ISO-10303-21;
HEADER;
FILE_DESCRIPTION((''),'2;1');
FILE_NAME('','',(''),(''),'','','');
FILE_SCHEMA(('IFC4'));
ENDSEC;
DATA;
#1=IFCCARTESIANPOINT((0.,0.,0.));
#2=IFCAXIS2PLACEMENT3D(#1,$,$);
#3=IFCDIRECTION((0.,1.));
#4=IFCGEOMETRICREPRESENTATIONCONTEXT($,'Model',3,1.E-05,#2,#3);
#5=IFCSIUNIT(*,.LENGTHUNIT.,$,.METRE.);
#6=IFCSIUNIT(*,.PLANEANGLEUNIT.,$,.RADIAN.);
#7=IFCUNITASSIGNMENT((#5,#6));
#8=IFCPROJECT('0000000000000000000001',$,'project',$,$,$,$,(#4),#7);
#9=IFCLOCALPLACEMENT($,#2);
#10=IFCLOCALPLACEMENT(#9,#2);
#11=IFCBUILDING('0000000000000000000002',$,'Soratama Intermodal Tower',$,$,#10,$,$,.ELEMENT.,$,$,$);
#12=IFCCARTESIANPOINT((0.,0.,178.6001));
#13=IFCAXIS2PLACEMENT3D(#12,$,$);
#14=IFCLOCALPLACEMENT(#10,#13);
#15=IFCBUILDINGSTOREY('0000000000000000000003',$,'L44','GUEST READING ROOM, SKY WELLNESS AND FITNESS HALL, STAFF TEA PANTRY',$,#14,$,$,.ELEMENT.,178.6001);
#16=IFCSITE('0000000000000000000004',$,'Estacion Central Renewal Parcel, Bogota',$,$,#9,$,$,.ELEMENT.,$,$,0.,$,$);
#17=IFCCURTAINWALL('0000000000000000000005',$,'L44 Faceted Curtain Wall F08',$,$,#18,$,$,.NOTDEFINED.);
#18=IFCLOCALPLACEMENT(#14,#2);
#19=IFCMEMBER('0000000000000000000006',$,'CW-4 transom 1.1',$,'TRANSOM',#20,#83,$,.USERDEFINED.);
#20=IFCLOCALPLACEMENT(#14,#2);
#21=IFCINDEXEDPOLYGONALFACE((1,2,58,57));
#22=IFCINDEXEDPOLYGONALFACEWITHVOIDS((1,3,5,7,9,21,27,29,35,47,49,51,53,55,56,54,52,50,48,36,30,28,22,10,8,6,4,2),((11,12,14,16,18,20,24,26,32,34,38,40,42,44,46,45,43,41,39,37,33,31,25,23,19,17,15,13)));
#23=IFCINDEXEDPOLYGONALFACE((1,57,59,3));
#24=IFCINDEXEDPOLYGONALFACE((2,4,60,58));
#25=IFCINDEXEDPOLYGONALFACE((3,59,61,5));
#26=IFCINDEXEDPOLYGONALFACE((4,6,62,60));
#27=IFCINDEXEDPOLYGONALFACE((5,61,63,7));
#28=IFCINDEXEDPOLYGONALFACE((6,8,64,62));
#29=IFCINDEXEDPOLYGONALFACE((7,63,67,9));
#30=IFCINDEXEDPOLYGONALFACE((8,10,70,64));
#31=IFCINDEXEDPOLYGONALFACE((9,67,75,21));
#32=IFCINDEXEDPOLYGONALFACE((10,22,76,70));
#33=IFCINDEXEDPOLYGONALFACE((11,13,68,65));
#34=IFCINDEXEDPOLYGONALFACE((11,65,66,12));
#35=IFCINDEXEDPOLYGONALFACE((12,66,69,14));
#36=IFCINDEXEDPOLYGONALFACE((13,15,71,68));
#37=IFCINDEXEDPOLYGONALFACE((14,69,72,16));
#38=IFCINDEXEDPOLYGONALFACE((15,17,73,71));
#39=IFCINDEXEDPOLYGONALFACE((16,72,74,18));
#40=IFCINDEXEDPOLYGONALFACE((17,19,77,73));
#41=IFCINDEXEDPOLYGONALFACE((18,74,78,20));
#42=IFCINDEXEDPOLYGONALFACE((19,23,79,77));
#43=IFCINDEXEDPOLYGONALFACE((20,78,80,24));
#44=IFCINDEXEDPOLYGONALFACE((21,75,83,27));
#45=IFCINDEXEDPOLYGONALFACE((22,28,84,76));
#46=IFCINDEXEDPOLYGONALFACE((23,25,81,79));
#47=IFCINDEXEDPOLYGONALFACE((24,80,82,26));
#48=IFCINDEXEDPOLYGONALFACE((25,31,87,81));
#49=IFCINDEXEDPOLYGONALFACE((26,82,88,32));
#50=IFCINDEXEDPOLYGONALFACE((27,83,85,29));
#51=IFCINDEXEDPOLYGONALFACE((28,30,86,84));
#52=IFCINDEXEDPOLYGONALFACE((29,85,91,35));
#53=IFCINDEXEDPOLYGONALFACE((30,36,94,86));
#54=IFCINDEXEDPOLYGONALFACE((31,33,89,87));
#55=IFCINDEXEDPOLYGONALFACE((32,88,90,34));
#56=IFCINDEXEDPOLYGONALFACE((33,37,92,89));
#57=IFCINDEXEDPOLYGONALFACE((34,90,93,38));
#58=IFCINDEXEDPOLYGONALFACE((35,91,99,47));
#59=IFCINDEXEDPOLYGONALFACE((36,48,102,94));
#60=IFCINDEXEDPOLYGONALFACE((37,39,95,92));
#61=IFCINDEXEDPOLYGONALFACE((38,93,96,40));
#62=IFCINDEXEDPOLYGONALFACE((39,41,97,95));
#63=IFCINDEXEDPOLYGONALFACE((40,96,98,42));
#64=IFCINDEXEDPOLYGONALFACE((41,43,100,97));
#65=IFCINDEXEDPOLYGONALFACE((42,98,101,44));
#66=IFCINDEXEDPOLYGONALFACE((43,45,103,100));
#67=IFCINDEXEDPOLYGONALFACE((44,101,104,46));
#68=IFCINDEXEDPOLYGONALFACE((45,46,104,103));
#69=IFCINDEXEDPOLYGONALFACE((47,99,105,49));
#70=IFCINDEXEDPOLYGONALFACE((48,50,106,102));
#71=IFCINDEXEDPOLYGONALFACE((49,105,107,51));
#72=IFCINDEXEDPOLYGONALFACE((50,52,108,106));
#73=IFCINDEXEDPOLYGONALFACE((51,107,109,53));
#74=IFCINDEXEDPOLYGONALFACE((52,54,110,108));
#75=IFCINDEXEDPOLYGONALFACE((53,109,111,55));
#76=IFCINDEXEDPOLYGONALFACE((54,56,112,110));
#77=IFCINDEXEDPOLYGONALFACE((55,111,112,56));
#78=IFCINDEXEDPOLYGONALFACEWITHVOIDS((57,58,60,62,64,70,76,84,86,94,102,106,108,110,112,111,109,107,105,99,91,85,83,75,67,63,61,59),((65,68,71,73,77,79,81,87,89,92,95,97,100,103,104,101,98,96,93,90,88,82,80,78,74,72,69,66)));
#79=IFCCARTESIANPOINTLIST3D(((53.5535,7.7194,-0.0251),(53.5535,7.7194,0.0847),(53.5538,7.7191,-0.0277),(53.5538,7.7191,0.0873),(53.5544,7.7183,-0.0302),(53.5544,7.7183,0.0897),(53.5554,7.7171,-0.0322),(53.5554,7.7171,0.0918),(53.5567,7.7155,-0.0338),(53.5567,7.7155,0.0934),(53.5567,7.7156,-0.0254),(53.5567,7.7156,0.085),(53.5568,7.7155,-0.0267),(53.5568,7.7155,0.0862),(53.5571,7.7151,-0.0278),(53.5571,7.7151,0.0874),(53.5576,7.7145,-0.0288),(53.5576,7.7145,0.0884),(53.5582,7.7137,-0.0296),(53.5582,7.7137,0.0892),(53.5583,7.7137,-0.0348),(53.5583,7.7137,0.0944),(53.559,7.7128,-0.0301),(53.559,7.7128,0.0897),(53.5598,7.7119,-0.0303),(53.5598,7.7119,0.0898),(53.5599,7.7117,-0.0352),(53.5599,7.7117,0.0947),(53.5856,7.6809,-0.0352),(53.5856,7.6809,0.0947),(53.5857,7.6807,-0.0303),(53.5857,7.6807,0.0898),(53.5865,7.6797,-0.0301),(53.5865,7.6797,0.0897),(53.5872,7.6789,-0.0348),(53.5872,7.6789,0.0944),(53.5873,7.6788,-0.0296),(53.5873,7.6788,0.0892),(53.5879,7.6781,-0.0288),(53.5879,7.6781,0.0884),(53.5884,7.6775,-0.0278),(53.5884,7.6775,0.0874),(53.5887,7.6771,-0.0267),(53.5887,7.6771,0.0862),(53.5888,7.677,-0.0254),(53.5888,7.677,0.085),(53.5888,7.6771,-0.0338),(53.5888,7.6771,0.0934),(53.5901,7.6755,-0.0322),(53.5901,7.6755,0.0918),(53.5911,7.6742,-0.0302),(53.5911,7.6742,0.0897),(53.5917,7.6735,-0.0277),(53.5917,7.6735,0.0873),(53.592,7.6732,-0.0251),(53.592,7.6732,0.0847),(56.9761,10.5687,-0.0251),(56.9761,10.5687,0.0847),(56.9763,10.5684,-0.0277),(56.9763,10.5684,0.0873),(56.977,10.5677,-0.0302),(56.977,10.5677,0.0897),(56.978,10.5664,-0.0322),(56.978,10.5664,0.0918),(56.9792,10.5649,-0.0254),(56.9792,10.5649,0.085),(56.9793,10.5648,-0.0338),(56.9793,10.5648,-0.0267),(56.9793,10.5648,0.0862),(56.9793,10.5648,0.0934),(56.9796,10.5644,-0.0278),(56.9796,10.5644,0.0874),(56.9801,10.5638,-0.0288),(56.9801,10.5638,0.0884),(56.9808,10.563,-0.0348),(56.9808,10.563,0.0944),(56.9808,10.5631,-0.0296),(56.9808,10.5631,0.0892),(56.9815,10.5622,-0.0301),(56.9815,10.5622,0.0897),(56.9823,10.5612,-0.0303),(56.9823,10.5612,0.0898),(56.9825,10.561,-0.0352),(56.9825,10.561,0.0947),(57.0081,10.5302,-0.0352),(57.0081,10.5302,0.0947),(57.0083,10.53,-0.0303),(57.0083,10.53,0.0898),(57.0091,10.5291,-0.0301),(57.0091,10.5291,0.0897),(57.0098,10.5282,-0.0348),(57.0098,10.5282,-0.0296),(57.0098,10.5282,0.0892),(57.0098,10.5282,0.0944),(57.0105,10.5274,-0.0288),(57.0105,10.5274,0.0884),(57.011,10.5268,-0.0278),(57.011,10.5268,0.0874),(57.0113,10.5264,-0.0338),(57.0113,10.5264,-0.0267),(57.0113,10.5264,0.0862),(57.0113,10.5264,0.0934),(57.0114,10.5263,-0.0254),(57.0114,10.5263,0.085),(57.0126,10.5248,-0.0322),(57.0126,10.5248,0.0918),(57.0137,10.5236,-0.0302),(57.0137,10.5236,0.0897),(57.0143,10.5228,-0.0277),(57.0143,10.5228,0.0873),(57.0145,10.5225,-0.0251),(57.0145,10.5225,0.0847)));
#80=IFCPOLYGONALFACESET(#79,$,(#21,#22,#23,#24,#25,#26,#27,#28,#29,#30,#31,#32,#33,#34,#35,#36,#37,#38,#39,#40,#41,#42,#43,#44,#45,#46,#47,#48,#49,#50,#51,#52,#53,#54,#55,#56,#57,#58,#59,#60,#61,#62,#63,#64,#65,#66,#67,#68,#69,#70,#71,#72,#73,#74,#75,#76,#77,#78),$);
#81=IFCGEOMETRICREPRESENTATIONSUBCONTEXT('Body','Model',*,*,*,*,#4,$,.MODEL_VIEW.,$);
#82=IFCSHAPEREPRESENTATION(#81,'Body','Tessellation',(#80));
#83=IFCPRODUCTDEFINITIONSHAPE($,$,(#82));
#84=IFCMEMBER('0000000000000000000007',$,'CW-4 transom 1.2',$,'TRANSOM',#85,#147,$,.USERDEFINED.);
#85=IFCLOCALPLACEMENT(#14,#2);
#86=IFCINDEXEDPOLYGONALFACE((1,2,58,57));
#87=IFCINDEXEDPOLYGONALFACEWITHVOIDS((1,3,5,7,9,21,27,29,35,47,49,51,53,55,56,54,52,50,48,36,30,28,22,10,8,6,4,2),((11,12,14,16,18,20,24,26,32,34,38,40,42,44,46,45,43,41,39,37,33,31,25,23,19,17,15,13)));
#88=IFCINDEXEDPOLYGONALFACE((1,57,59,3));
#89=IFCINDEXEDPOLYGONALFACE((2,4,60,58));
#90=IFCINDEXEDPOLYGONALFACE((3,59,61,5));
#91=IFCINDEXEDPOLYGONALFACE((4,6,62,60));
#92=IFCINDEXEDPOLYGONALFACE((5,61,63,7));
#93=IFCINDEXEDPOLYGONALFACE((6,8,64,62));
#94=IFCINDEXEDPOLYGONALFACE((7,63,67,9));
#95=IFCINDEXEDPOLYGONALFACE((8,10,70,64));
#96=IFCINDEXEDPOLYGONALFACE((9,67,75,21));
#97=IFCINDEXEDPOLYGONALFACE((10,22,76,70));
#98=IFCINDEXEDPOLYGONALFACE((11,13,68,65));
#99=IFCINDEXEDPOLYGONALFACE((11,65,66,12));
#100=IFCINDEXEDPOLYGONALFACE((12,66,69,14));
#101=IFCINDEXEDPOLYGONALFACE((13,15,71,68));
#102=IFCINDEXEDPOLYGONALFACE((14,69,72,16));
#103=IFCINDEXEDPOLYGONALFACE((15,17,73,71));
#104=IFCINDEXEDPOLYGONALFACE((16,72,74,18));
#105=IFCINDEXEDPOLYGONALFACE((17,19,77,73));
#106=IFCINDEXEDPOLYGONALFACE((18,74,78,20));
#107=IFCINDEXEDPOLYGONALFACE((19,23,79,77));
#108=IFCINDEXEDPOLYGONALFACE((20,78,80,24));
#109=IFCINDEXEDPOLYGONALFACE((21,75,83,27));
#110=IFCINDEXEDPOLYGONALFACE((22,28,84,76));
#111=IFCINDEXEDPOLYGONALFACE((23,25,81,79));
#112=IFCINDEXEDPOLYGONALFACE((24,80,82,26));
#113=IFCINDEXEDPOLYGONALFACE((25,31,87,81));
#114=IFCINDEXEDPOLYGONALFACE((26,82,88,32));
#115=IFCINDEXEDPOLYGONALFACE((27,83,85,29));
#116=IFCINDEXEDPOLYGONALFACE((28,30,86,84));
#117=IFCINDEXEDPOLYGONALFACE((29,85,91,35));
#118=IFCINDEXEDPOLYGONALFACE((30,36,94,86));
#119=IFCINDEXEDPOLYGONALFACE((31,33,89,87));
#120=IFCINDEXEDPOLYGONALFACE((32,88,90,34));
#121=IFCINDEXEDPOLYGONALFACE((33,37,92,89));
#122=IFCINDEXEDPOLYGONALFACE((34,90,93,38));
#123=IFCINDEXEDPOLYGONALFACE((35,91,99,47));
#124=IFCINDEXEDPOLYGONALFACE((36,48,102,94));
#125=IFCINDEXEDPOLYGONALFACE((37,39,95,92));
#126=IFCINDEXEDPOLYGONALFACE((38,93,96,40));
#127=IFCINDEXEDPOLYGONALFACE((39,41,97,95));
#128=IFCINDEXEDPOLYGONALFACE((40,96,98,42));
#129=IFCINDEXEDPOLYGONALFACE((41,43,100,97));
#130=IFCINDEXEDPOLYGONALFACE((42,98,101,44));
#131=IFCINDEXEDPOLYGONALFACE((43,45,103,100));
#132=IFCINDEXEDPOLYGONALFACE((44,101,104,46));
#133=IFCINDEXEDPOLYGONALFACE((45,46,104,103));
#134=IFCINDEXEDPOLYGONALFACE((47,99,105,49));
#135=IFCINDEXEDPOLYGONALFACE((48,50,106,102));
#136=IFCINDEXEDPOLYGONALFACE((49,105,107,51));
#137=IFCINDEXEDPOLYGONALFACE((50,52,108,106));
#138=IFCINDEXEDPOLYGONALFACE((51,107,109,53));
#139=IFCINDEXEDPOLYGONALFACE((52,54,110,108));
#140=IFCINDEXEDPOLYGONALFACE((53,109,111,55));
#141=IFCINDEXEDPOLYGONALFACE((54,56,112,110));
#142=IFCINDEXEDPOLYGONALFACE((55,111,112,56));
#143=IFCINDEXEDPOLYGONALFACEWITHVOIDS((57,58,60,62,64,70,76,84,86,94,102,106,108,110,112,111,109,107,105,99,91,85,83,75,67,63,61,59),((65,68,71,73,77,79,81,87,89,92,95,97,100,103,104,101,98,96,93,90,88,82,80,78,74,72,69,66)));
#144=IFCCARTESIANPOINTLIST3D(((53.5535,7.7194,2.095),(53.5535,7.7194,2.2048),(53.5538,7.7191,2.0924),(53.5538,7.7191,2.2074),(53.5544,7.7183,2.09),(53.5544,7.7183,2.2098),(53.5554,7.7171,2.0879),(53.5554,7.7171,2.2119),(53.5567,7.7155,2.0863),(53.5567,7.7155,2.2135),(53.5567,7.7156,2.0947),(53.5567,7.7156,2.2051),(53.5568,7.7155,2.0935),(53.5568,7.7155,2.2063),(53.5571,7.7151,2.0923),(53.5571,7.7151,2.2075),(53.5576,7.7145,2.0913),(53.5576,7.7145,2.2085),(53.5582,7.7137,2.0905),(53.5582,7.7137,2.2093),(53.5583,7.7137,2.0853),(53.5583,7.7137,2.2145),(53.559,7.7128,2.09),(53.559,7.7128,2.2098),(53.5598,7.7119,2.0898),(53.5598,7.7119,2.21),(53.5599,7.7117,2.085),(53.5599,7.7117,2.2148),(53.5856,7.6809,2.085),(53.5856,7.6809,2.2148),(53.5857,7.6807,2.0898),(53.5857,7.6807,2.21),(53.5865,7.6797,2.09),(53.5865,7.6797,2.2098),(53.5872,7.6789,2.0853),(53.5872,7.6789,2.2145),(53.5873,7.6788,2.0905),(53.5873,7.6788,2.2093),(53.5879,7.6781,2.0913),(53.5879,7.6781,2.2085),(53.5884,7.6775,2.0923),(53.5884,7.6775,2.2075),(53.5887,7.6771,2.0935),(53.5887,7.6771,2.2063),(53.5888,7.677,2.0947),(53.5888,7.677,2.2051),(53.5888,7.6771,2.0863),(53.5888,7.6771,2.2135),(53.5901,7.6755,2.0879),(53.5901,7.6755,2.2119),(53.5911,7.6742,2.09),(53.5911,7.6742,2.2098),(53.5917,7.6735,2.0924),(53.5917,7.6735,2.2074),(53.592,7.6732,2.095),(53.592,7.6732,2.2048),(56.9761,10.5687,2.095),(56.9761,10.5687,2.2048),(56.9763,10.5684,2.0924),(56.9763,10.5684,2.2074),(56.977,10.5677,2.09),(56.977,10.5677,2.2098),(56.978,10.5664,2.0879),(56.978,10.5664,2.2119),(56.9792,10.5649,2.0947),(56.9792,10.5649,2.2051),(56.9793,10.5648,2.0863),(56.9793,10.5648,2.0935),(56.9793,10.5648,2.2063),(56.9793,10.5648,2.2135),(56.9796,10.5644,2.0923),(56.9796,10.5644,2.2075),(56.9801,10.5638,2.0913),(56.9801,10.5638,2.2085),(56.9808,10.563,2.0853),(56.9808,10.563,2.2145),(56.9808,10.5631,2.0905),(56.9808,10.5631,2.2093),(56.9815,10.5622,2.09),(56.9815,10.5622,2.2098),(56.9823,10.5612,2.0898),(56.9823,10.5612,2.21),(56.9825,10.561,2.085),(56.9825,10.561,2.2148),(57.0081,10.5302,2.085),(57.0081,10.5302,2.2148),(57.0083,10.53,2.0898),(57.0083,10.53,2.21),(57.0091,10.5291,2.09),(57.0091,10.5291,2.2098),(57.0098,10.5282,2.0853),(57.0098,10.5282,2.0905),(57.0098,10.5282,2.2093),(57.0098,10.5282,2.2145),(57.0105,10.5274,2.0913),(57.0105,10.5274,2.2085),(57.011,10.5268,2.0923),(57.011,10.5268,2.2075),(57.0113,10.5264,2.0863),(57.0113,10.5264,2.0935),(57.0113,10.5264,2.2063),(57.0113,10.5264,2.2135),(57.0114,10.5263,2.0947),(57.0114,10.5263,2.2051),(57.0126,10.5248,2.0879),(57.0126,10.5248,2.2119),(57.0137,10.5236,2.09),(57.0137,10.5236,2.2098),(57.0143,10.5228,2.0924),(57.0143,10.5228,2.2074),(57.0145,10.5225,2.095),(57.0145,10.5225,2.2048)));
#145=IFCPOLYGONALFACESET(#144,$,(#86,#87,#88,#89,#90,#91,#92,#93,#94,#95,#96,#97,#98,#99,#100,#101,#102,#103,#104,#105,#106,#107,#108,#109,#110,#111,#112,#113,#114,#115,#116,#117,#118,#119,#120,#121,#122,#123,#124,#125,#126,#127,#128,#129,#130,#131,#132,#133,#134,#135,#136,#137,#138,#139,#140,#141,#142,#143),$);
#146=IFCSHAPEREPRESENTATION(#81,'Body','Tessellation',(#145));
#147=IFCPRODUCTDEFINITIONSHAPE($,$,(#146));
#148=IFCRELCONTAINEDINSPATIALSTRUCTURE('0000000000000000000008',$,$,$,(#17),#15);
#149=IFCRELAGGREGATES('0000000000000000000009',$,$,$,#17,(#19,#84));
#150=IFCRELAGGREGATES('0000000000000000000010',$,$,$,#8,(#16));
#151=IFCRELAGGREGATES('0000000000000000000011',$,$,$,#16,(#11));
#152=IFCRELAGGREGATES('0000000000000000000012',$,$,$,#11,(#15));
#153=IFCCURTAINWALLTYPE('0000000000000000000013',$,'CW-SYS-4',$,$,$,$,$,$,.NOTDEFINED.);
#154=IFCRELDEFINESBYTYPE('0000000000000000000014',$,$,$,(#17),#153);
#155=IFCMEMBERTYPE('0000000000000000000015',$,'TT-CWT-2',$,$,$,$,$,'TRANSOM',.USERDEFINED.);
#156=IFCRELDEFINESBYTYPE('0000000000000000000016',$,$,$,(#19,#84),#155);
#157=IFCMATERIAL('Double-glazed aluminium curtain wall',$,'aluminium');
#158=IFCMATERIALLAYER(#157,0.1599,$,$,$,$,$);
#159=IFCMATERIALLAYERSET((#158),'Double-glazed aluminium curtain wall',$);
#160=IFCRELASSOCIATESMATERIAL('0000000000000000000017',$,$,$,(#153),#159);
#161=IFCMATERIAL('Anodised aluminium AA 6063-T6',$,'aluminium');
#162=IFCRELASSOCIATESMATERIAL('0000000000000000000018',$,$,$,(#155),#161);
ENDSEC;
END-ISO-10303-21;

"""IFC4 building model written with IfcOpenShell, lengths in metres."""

from ifc_helpers import new_model, si_unit, direction, frame, origin, origin_2d, place, context, subcontext, project, spatial, hollow_rectangle, extrude, material, layer, layer_set, material_profile, profile_set, type_object, element, aggregate, save


model = new_model("IFC4")

# Units and contexts
model_context = context("Model", 3, precision=1e-05, world=origin(), true_north=direction((0.0, 1.0)))
body_context = subcontext(model_context, "Body", "Model", "MODEL_VIEW")
ifc_project = project(units=[si_unit("LENGTHUNIT", "METRE"), si_unit("PLANEANGLEUNIT", "RADIAN")], contexts=[model_context])

# Site, building, storey
site_placement = place(None, origin())
site = spatial("IfcSite", under=ifc_project, at=site_placement, Name="Estacion Central Renewal Parcel, Bogota", CompositionType="ELEMENT", RefElevation=0.0)
building_placement = place(site_placement, origin())
building = spatial("IfcBuilding", under=site, at=building_placement, Name="Soratama Intermodal Tower", CompositionType="ELEMENT")
storey_placement = place(building_placement, frame((0.0, 0.0, 178.6001)))
storey = spatial("IfcBuildingStorey", under=building, at=storey_placement, Name="L44", Description="GUEST READING ROOM, SKY WELLNESS AND FITNESS HALL, STAFF TEA PANTRY", CompositionType="ELEMENT", Elevation=178.6001)

# Curtain wall, members
ifc_material_1 = material(Name="Double-glazed aluminium curtain wall", Category="aluminium")
ifc_layer_1 = layer(ifc_material_1, 0.1599)
ifc_layer_set_1 = layer_set([ifc_layer_1], Name="Double-glazed aluminium curtain wall")
curtain_wall_type = type_object("IfcCurtainWallType", Name="CW-SYS-4", PredefinedType="NOTDEFINED", material=ifc_layer_set_1)
curtain_wall_placement = place(storey_placement, origin())
curtain_wall = element("IfcCurtainWall", 1, at=curtain_wall_placement, inside=storey, type_object=curtain_wall_type, Name="L44 Faceted Curtain Wall F08", PredefinedType="NOTDEFINED")
ifc_material_2 = material(Name="Anodised aluminium AA 6063-T6", Category="aluminium")
ifc_material_profile_1 = material_profile(ifc_material_2, hollow_rectangle(XDim=0.0601, YDim=0.1299, WallThickness=0.0049, InnerFilletRadius=0.0049, OuterFilletRadius=0.01, at=origin_2d()), Name="CWT130X60X5")
ifc_profile_set_1 = profile_set([ifc_material_profile_1], Name="Anodised aluminium AA 6063-T6")
member_type_1 = type_object("IfcMemberType", Name="TT-CWT-2", ElementType="TRANSOM", PredefinedType="USERDEFINED", material=ifc_profile_set_1)
member_1_placement = place(storey_placement, frame((53.5728, 7.6963, 0.0298), z_axis=(0.768531, 0.639812, 0.0), x_axis=(-0.639812, 0.768531, 0.0)))
member_1 = element("IfcMember", 2, at=member_1_placement, type_object=member_type_1, Name="CW-4 transom 1.1", ObjectType="TRANSOM", PredefinedType="USERDEFINED", context=body_context, shape_type="SweptSolid", body=[
    extrude(hollow_rectangle(XDim=0.0601, YDim=0.1299, WallThickness=0.0049, InnerFilletRadius=0.0049, OuterFilletRadius=0.01, at=origin_2d()), origin(), (0.0, 0.0, 1.0), 4.4534),
])
member_2_placement = place(storey_placement, frame((53.5728, 7.6963, 2.1499), z_axis=(0.768531, 0.639812, 0.0), x_axis=(-0.639812, 0.768531, 0.0)))
member_2 = element("IfcMember", 3, at=member_2_placement, type_object=member_type_1, Name="CW-4 transom 1.2", ObjectType="TRANSOM", PredefinedType="USERDEFINED", context=body_context, shape_type="SweptSolid", body=[
    extrude(hollow_rectangle(XDim=0.0601, YDim=0.1299, WallThickness=0.0049, InnerFilletRadius=0.0049, OuterFilletRadius=0.01, at=origin_2d()), origin(), (0.0, 0.0, 1.0), 4.4534),
])
aggregate(curtain_wall, [member_1, member_2])

save(model, "model.ifc")
